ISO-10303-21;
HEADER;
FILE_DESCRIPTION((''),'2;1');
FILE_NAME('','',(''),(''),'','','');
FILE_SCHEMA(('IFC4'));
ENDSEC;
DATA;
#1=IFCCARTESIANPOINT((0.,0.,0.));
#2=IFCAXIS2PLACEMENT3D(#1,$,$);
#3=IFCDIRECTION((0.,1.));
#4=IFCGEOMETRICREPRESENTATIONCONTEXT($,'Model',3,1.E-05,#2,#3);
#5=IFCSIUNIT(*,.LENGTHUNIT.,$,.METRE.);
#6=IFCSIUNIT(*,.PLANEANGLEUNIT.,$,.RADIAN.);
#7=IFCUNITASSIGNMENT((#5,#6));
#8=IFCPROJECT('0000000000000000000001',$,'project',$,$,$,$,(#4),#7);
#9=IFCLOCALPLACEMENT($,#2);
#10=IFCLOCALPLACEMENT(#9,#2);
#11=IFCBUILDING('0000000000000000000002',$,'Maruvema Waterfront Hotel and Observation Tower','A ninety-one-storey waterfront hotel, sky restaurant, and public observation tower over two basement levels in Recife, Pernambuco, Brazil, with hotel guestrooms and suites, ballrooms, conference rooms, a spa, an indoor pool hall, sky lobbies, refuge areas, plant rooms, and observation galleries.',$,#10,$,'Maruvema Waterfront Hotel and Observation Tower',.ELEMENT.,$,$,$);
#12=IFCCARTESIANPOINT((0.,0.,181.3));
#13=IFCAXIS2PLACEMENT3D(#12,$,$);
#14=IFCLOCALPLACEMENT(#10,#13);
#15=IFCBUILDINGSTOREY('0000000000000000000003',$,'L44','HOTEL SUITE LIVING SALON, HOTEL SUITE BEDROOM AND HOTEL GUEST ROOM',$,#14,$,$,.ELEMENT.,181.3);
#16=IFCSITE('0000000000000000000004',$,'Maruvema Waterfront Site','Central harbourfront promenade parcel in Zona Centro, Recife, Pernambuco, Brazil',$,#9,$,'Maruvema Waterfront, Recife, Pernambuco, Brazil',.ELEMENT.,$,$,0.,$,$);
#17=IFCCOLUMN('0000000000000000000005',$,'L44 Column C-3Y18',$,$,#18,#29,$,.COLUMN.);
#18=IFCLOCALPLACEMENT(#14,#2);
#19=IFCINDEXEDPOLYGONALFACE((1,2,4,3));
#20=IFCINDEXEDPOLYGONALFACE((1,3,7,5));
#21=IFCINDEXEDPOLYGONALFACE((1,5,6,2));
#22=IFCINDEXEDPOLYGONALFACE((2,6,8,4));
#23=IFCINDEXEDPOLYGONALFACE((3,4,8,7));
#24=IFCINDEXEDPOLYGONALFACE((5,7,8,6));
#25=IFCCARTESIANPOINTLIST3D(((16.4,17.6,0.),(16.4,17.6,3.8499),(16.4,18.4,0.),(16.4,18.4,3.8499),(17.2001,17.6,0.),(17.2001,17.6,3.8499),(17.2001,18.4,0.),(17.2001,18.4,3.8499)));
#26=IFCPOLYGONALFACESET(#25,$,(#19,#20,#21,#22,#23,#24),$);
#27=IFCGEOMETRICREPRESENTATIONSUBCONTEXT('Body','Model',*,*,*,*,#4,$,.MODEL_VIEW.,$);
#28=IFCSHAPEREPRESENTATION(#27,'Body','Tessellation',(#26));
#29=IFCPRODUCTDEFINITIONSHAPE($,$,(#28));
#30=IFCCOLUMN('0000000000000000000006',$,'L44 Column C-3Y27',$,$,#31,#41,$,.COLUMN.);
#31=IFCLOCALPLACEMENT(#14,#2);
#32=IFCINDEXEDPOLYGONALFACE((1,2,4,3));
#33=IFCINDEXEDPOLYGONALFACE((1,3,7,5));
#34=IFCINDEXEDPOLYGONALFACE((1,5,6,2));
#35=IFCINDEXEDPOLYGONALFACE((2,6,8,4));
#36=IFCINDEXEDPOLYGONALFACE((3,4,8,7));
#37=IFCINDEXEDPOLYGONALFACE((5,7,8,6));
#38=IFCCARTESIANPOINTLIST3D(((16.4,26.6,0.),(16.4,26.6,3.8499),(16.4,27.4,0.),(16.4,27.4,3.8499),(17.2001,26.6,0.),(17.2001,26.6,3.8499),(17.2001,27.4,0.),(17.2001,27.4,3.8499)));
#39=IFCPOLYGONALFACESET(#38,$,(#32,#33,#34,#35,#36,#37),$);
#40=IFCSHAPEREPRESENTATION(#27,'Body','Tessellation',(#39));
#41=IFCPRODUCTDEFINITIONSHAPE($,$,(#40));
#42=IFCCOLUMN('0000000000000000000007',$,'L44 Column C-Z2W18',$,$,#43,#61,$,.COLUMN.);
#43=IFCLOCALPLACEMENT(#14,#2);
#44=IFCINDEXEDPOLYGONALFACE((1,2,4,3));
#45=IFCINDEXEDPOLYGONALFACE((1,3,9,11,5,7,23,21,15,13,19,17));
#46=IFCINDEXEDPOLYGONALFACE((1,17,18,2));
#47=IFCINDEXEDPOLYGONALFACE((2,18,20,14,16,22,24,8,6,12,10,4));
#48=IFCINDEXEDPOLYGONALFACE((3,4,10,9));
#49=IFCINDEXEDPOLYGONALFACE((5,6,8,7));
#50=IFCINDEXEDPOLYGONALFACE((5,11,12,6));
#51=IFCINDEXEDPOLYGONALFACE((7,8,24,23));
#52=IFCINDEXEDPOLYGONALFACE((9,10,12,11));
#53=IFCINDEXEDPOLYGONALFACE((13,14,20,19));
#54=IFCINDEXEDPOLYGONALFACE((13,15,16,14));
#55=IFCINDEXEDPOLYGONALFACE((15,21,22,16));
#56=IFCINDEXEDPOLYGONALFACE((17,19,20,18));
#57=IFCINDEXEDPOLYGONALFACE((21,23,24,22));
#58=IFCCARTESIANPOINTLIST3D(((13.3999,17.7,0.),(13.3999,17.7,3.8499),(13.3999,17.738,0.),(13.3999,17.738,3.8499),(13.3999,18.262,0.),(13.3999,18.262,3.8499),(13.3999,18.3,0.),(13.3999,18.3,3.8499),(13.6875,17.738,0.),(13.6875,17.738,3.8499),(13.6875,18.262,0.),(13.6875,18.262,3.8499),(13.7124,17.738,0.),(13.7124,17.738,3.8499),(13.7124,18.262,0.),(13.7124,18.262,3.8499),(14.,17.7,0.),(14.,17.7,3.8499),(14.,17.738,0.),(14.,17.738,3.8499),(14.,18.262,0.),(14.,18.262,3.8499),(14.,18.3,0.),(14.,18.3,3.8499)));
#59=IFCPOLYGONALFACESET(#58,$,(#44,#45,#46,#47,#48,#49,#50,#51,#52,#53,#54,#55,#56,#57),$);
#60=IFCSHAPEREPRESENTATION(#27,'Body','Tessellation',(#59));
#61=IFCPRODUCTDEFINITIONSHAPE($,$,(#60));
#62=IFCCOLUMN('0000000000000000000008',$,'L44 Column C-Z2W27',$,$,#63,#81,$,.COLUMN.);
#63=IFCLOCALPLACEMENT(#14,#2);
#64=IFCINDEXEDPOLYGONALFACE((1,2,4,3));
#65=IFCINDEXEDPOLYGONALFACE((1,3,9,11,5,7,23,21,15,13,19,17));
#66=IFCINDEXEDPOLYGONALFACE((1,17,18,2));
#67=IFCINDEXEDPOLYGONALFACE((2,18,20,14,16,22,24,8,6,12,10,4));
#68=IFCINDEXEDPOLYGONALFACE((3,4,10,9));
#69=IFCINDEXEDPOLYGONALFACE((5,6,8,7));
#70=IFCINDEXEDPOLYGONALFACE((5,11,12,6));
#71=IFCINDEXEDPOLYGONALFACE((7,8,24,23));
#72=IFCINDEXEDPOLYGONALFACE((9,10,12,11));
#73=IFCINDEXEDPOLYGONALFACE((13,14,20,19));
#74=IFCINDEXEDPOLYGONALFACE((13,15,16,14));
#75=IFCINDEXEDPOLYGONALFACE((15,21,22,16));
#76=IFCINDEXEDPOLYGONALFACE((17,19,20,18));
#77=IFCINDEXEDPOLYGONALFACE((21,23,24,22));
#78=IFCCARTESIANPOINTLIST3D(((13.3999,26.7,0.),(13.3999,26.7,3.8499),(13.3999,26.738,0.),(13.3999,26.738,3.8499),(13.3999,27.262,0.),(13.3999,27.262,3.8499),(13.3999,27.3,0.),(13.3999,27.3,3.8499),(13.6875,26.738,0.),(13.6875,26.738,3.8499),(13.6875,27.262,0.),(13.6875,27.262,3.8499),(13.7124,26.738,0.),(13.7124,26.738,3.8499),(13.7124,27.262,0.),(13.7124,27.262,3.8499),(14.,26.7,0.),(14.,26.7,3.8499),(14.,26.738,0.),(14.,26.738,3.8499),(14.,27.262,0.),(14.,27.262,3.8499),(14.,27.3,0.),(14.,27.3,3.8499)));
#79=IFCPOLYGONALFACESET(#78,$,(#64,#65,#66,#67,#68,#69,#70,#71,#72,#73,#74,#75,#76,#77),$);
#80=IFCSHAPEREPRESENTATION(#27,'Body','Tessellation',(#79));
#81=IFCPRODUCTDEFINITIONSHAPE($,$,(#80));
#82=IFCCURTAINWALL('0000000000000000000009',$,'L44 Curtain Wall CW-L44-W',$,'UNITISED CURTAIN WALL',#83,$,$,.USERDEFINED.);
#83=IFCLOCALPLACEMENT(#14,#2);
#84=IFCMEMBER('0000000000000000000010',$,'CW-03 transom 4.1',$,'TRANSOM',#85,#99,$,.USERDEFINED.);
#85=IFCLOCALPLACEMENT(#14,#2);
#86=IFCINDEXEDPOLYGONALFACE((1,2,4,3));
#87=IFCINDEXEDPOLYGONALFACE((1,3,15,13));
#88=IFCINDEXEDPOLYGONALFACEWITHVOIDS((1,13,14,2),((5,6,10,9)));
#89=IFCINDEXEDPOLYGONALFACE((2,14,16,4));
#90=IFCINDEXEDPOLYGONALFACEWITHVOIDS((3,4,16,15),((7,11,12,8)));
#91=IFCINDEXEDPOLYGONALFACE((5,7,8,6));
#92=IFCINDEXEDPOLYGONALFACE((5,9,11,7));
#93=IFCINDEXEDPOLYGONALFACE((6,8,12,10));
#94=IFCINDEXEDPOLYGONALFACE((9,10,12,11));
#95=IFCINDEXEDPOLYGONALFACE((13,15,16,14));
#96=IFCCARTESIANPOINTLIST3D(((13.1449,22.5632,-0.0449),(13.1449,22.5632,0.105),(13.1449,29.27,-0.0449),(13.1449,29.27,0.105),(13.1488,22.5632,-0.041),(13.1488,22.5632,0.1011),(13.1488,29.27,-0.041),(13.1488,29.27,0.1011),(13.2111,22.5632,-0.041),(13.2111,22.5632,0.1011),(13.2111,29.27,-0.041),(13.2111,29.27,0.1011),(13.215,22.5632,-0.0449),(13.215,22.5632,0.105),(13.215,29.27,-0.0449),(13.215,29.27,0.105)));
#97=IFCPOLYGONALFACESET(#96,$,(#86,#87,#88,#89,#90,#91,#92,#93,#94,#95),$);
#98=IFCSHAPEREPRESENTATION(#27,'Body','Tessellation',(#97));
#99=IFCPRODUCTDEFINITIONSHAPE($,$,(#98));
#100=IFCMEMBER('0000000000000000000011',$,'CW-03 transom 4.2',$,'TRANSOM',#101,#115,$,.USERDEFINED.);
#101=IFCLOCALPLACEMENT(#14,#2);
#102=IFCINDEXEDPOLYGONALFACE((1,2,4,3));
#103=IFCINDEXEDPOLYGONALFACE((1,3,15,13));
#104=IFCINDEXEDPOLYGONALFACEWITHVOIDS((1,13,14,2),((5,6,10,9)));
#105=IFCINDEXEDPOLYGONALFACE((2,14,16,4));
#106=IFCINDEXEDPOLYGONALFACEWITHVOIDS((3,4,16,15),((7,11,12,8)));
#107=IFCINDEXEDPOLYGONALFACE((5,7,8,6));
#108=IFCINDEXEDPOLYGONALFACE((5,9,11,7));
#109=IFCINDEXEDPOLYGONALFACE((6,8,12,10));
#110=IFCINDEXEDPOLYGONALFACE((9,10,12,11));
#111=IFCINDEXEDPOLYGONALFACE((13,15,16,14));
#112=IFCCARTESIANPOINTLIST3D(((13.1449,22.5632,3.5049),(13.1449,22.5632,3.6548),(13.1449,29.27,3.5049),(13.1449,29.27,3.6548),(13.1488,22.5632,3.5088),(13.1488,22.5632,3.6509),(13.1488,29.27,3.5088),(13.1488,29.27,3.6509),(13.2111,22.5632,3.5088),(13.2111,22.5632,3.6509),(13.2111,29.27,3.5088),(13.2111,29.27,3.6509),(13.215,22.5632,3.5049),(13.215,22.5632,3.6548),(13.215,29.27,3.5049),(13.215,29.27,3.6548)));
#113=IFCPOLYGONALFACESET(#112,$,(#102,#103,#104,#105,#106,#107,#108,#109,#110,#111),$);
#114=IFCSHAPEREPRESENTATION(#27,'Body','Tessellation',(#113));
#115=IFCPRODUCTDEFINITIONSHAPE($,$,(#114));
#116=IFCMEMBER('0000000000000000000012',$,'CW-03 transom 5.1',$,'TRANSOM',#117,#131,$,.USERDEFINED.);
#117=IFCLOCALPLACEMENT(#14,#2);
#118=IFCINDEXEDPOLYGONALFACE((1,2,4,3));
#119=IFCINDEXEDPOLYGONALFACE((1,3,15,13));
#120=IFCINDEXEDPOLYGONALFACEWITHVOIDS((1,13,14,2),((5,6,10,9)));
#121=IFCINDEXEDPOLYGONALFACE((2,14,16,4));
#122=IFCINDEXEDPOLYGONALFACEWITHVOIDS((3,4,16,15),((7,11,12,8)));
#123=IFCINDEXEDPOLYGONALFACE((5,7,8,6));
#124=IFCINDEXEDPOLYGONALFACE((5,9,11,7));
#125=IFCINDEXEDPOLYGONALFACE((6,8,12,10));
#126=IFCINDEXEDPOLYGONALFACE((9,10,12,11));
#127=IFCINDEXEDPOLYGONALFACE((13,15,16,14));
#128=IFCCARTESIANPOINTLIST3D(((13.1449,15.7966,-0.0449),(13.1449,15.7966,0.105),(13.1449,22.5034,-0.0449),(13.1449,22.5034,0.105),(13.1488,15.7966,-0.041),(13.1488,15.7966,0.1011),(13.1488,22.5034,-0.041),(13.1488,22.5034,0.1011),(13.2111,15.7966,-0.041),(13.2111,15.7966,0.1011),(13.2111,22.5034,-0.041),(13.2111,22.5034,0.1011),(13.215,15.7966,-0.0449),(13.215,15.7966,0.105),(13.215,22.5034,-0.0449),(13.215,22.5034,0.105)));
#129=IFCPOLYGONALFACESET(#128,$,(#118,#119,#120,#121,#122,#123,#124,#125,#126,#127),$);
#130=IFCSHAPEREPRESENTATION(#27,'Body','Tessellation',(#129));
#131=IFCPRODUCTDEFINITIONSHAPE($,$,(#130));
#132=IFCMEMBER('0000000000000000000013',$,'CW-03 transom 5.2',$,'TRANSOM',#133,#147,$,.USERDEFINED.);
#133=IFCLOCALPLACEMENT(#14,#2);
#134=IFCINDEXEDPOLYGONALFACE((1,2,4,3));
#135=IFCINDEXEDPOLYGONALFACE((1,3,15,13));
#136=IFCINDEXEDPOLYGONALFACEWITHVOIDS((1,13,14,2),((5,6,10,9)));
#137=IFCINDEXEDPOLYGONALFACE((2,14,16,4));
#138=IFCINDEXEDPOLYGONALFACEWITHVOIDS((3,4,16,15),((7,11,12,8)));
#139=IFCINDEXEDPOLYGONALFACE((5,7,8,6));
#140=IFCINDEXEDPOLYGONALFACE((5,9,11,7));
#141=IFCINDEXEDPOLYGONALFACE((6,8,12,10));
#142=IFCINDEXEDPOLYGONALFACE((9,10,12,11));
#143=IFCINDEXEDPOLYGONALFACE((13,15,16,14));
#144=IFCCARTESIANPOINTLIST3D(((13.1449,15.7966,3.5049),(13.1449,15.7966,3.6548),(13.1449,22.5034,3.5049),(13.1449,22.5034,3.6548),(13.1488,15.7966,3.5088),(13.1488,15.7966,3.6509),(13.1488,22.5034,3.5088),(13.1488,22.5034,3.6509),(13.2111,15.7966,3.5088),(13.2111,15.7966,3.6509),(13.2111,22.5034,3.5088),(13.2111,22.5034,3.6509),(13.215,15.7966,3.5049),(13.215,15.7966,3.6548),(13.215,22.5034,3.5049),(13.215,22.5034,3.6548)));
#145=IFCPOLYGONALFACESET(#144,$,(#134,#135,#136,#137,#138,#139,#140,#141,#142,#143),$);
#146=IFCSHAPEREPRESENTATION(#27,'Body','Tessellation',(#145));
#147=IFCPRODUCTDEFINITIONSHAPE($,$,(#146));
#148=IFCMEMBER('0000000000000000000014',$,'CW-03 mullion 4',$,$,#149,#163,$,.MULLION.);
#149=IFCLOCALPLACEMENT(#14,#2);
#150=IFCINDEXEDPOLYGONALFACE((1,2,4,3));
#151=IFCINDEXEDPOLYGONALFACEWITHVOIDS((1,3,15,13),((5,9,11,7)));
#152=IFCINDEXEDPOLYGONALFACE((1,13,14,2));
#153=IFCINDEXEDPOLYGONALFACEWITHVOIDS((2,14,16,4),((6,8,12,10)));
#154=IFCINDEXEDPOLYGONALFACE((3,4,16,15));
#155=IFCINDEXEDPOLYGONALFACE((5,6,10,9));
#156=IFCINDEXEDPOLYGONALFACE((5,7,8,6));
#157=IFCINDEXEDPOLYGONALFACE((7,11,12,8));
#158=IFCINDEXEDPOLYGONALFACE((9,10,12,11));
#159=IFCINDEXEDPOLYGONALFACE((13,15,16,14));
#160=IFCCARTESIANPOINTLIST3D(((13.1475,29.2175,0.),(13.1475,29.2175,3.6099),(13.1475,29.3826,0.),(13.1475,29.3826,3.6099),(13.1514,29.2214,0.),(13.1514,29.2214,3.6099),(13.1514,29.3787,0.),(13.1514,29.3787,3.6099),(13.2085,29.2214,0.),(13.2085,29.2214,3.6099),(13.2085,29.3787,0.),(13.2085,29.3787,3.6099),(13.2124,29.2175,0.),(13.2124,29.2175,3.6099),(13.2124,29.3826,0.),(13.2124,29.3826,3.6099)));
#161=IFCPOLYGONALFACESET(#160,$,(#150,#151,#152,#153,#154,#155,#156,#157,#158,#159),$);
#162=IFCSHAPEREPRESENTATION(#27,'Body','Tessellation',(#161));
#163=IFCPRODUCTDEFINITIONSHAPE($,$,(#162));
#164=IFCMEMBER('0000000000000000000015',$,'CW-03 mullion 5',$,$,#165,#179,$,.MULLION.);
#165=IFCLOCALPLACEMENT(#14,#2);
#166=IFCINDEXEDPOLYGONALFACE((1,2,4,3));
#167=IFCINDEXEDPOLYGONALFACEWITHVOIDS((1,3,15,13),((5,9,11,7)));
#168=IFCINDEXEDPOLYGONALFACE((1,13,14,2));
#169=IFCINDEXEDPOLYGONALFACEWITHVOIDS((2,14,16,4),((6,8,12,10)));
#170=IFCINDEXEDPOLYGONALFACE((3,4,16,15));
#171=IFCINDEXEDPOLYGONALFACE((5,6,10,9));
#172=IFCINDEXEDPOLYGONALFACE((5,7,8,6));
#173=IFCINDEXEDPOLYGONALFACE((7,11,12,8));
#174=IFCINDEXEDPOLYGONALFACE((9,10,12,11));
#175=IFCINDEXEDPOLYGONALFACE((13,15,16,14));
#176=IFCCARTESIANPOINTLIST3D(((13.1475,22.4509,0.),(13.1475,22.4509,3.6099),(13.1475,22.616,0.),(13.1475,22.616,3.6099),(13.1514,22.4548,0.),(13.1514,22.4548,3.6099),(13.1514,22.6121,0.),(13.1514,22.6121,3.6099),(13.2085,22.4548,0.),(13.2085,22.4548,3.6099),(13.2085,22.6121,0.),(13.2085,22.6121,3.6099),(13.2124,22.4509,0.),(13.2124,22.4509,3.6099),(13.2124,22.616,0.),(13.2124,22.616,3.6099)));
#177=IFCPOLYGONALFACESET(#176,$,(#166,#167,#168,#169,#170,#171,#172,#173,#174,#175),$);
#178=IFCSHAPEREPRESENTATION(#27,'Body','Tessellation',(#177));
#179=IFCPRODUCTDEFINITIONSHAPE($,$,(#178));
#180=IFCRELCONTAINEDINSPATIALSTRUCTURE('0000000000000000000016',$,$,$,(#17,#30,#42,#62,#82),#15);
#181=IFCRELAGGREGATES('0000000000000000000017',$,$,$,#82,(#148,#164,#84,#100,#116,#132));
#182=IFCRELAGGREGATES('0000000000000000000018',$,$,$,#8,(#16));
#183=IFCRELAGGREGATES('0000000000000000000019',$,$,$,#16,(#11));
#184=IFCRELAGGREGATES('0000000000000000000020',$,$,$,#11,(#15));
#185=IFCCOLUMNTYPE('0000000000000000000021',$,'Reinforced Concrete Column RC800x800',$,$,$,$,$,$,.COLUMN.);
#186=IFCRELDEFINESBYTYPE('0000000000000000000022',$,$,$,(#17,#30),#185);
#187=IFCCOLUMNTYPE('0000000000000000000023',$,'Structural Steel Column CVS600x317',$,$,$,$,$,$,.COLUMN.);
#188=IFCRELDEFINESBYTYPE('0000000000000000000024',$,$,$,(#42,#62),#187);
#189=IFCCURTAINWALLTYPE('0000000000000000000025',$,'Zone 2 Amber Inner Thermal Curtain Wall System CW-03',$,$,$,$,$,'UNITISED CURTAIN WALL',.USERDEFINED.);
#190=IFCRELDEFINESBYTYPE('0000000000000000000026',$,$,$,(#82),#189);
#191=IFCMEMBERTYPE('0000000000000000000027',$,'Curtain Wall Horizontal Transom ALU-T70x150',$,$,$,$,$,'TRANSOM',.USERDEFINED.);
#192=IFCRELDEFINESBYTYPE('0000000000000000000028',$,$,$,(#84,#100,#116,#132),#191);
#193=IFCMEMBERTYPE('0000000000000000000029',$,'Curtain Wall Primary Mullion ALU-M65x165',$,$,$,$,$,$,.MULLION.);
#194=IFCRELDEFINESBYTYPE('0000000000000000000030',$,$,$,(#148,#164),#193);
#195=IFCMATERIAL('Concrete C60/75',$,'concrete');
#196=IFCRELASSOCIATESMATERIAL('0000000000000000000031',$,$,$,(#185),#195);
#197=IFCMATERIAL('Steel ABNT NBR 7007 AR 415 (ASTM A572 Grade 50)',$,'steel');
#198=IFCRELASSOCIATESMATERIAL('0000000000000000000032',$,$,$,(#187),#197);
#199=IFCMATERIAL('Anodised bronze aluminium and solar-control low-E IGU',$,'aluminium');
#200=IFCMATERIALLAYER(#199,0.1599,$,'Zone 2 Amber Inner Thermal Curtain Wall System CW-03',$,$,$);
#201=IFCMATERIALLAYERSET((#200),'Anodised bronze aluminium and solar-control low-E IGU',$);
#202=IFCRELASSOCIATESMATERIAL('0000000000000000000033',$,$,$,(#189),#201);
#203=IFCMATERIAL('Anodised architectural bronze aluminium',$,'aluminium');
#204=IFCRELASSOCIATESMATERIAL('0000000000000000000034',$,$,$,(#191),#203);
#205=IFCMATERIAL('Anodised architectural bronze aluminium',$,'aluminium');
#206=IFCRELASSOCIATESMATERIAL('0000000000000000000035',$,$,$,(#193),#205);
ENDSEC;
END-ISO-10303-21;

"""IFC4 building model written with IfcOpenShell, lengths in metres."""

from ifc_helpers import new_model, si_unit, direction, frame, origin, origin_2d, place, context, subcontext, project, spatial, rectangle, hollow_rectangle, i_section, extrude, material, layer, layer_set, material_profile, profile_set, type_object, element, aggregate, save


model = new_model("IFC4")

# Units and contexts
model_context = context("Model", 3, precision=1e-05, world=origin(), true_north=direction((0.0, 1.0)))
body_context = subcontext(model_context, "Body", "Model", "MODEL_VIEW")
ifc_project = project(units=[si_unit("LENGTHUNIT", "METRE"), si_unit("PLANEANGLEUNIT", "RADIAN")], contexts=[model_context])

# Site, building, storey
site_placement = place(None, origin())
site = spatial("IfcSite", under=ifc_project, at=site_placement, Name="Maruvema Waterfront Site", Description="Central harbourfront promenade parcel in Zona Centro, Recife, Pernambuco, Brazil", LongName="Maruvema Waterfront, Recife, Pernambuco, Brazil", CompositionType="ELEMENT", RefElevation=0.0)
building_placement = place(site_placement, origin())
building = spatial("IfcBuilding", under=site, at=building_placement, Name="Maruvema Waterfront Hotel and Observation Tower", Description="A ninety-one-storey waterfront hotel, sky restaurant, and public observation tower over two basement levels in Recife, Pernambuco, Brazil, with hotel guestrooms and suites, ballrooms, conference rooms, a spa, an indoor pool hall, sky lobbies, refuge areas, plant rooms, and observation galleries.", LongName="Maruvema Waterfront Hotel and Observation Tower", CompositionType="ELEMENT")
storey_placement = place(building_placement, frame((0.0, 0.0, 181.3)))
storey = spatial("IfcBuildingStorey", under=building, at=storey_placement, Name="L44", Description="HOTEL SUITE LIVING SALON, HOTEL SUITE BEDROOM AND HOTEL GUEST ROOM", CompositionType="ELEMENT", Elevation=181.3)

# Columns
ifc_material_1 = material(Name="Concrete C60/75", Category="concrete")
ifc_material_profile_1 = material_profile(ifc_material_1, rectangle(XDim=0.8, YDim=0.8, at=origin_2d()), Name="RC800x800")
ifc_profile_set_1 = profile_set([ifc_material_profile_1], Name="Concrete C60/75")
column_type_1 = type_object("IfcColumnType", Name="Reinforced Concrete Column RC800x800", PredefinedType="COLUMN", material=ifc_profile_set_1)
for number, where, z_axis, x_axis, name in (
    (1, (16.8, 18.0, 0.0), (0.0, 0.0, 1.0), (1.0, 0.0, 0.0), "L44 Column C-3Y18"),
    (2, (16.8, 27.0, 0.0), (0.0, 0.0, 1.0), (1.0, 0.0, 0.0), "L44 Column C-3Y27"),
):
    element("IfcColumn", number, at=place(storey_placement, frame(where, z_axis=z_axis, x_axis=x_axis)), inside=storey, type_object=column_type_1, Name=name, PredefinedType="COLUMN", context=body_context, shape_type="SweptSolid", body=[
        extrude(rectangle(XDim=0.8, YDim=0.8, at=origin_2d()), origin(), (0.0, 0.0, 1.0), 3.8499),
    ])
ifc_material_2 = material(Name="Steel ABNT NBR 7007 AR 415 (ASTM A572 Grade 50)", Category="steel")
ifc_material_profile_2 = material_profile(ifc_material_2, i_section(OverallWidth=0.6001, OverallDepth=0.6001, WebThickness=0.0249, FlangeThickness=0.0381, at=origin_2d()), Name="CVS600x317")
ifc_profile_set_2 = profile_set([ifc_material_profile_2], Name="Steel ABNT NBR 7007 AR 415 (ASTM A572 Grade 50)")
column_type_2 = type_object("IfcColumnType", Name="Structural Steel Column CVS600x317", PredefinedType="COLUMN", material=ifc_profile_set_2)
for number, where, z_axis, x_axis, name in (
    (3, (13.7, 18.0, 0.0), (0.0, 0.0, 1.0), (1.0, 0.0, 0.0), "L44 Column C-Z2W18"),
    (4, (13.7, 27.0, 0.0), (0.0, 0.0, 1.0), (1.0, 0.0, 0.0), "L44 Column C-Z2W27"),
):
    element("IfcColumn", number, at=place(storey_placement, frame(where, z_axis=z_axis, x_axis=x_axis)), inside=storey, type_object=column_type_2, Name=name, PredefinedType="COLUMN", context=body_context, shape_type="SweptSolid", body=[
        extrude(i_section(OverallWidth=0.6001, OverallDepth=0.6001, WebThickness=0.0249, FlangeThickness=0.0381, at=origin_2d()), origin(), (0.0, 0.0, 1.0), 3.8499),
    ])

# Curtain wall, members
ifc_material_3 = material(Name="Anodised bronze aluminium and solar-control low-E IGU", Category="aluminium")
ifc_layer_1 = layer(ifc_material_3, 0.1599, Name="Zone 2 Amber Inner Thermal Curtain Wall System CW-03")
ifc_layer_set_1 = layer_set([ifc_layer_1], Name="Anodised bronze aluminium and solar-control low-E IGU")
curtain_wall_type = type_object("IfcCurtainWallType", Name="Zone 2 Amber Inner Thermal Curtain Wall System CW-03", ElementType="UNITISED CURTAIN WALL", PredefinedType="USERDEFINED", material=ifc_layer_set_1)
curtain_wall_placement = place(storey_placement, origin())
curtain_wall = element("IfcCurtainWall", 5, at=curtain_wall_placement, inside=storey, type_object=curtain_wall_type, Name="L44 Curtain Wall CW-L44-W", ObjectType="UNITISED CURTAIN WALL", PredefinedType="USERDEFINED")
ifc_material_4 = material(Name="Anodised architectural bronze aluminium", Category="aluminium")
ifc_material_profile_3 = material_profile(ifc_material_4, hollow_rectangle(XDim=0.0701, YDim=0.1499, WallThickness=0.0039, at=origin_2d()), Name="ALU-T70x150")
ifc_profile_set_3 = profile_set([ifc_material_profile_3], Name="Anodised architectural bronze aluminium")
member_type_1 = type_object("IfcMemberType", Name="Curtain Wall Horizontal Transom ALU-T70x150", ElementType="TRANSOM", PredefinedType="USERDEFINED", material=ifc_profile_set_3)
member_1_placement = place(storey_placement, frame((13.1799, 29.27, 0.03), z_axis=(0.0, -1.0, 0.0), x_axis=(1.0, 0.0, 0.0)))
member_1 = element("IfcMember", 6, at=member_1_placement, type_object=member_type_1, Name="CW-03 transom 4.1", ObjectType="TRANSOM", PredefinedType="USERDEFINED", context=body_context, shape_type="SweptSolid", body=[
    extrude(hollow_rectangle(XDim=0.0701, YDim=0.1499, WallThickness=0.0039, at=origin_2d()), origin(), (0.0, 0.0, 1.0), 6.7068),
])
member_2_placement = place(storey_placement, frame((13.1799, 29.27, 3.5798), z_axis=(0.0, -1.0, 0.0), x_axis=(1.0, 0.0, 0.0)))
member_2 = element("IfcMember", 7, at=member_2_placement, type_object=member_type_1, Name="CW-03 transom 4.2", ObjectType="TRANSOM", PredefinedType="USERDEFINED", context=body_context, shape_type="SweptSolid", body=[
    extrude(hollow_rectangle(XDim=0.0701, YDim=0.1499, WallThickness=0.0039, at=origin_2d()), origin(), (0.0, 0.0, 1.0), 6.7068),
])
member_3_placement = place(storey_placement, frame((13.1799, 22.5034, 0.03), z_axis=(0.0, -1.0, 0.0), x_axis=(1.0, 0.0, 0.0)))
member_3 = element("IfcMember", 8, at=member_3_placement, type_object=member_type_1, Name="CW-03 transom 5.1", ObjectType="TRANSOM", PredefinedType="USERDEFINED", context=body_context, shape_type="SweptSolid", body=[
    extrude(hollow_rectangle(XDim=0.0701, YDim=0.1499, WallThickness=0.0039, at=origin_2d()), origin(), (0.0, 0.0, 1.0), 6.7068),
])
member_4_placement = place(storey_placement, frame((13.1799, 22.5034, 3.5798), z_axis=(0.0, -1.0, 0.0), x_axis=(1.0, 0.0, 0.0)))
member_4 = element("IfcMember", 9, at=member_4_placement, type_object=member_type_1, Name="CW-03 transom 5.2", ObjectType="TRANSOM", PredefinedType="USERDEFINED", context=body_context, shape_type="SweptSolid", body=[
    extrude(hollow_rectangle(XDim=0.0701, YDim=0.1499, WallThickness=0.0039, at=origin_2d()), origin(), (0.0, 0.0, 1.0), 6.7068),
])
ifc_material_5 = material(Name="Anodised architectural bronze aluminium", Category="aluminium")
ifc_material_profile_4 = material_profile(ifc_material_5, hollow_rectangle(XDim=0.0649, YDim=0.165, WallThickness=0.0039, at=origin_2d()), Name="ALU-M65x165")
ifc_profile_set_4 = profile_set([ifc_material_profile_4], Name="Anodised architectural bronze aluminium")
member_type_2 = type_object("IfcMemberType", Name="Curtain Wall Primary Mullion ALU-M65x165", PredefinedType="MULLION", material=ifc_profile_set_4)
member_5_placement = place(storey_placement, frame((13.1799, 29.3, 0.0), z_axis=(0.0, 0.0, 1.0), x_axis=(1.0, 0.0, 0.0)))
member_5 = element("IfcMember", 10, at=member_5_placement, type_object=member_type_2, Name="CW-03 mullion 4", PredefinedType="MULLION", context=body_context, shape_type="SweptSolid", body=[
    extrude(hollow_rectangle(XDim=0.0649, YDim=0.165, WallThickness=0.0039, at=origin_2d()), origin(), (0.0, 0.0, 1.0), 3.6099),
])
member_6_placement = place(storey_placement, frame((13.1799, 22.5334, 0.0), z_axis=(0.0, 0.0, 1.0), x_axis=(1.0, 0.0, 0.0)))
member_6 = element("IfcMember", 11, at=member_6_placement, type_object=member_type_2, Name="CW-03 mullion 5", PredefinedType="MULLION", context=body_context, shape_type="SweptSolid", body=[
    extrude(hollow_rectangle(XDim=0.0649, YDim=0.165, WallThickness=0.0039, at=origin_2d()), origin(), (0.0, 0.0, 1.0), 3.6099),
])

aggregate(curtain_wall, [member_5, member_6, member_1, member_2, member_3, member_4])

save(model, "model.ifc")
